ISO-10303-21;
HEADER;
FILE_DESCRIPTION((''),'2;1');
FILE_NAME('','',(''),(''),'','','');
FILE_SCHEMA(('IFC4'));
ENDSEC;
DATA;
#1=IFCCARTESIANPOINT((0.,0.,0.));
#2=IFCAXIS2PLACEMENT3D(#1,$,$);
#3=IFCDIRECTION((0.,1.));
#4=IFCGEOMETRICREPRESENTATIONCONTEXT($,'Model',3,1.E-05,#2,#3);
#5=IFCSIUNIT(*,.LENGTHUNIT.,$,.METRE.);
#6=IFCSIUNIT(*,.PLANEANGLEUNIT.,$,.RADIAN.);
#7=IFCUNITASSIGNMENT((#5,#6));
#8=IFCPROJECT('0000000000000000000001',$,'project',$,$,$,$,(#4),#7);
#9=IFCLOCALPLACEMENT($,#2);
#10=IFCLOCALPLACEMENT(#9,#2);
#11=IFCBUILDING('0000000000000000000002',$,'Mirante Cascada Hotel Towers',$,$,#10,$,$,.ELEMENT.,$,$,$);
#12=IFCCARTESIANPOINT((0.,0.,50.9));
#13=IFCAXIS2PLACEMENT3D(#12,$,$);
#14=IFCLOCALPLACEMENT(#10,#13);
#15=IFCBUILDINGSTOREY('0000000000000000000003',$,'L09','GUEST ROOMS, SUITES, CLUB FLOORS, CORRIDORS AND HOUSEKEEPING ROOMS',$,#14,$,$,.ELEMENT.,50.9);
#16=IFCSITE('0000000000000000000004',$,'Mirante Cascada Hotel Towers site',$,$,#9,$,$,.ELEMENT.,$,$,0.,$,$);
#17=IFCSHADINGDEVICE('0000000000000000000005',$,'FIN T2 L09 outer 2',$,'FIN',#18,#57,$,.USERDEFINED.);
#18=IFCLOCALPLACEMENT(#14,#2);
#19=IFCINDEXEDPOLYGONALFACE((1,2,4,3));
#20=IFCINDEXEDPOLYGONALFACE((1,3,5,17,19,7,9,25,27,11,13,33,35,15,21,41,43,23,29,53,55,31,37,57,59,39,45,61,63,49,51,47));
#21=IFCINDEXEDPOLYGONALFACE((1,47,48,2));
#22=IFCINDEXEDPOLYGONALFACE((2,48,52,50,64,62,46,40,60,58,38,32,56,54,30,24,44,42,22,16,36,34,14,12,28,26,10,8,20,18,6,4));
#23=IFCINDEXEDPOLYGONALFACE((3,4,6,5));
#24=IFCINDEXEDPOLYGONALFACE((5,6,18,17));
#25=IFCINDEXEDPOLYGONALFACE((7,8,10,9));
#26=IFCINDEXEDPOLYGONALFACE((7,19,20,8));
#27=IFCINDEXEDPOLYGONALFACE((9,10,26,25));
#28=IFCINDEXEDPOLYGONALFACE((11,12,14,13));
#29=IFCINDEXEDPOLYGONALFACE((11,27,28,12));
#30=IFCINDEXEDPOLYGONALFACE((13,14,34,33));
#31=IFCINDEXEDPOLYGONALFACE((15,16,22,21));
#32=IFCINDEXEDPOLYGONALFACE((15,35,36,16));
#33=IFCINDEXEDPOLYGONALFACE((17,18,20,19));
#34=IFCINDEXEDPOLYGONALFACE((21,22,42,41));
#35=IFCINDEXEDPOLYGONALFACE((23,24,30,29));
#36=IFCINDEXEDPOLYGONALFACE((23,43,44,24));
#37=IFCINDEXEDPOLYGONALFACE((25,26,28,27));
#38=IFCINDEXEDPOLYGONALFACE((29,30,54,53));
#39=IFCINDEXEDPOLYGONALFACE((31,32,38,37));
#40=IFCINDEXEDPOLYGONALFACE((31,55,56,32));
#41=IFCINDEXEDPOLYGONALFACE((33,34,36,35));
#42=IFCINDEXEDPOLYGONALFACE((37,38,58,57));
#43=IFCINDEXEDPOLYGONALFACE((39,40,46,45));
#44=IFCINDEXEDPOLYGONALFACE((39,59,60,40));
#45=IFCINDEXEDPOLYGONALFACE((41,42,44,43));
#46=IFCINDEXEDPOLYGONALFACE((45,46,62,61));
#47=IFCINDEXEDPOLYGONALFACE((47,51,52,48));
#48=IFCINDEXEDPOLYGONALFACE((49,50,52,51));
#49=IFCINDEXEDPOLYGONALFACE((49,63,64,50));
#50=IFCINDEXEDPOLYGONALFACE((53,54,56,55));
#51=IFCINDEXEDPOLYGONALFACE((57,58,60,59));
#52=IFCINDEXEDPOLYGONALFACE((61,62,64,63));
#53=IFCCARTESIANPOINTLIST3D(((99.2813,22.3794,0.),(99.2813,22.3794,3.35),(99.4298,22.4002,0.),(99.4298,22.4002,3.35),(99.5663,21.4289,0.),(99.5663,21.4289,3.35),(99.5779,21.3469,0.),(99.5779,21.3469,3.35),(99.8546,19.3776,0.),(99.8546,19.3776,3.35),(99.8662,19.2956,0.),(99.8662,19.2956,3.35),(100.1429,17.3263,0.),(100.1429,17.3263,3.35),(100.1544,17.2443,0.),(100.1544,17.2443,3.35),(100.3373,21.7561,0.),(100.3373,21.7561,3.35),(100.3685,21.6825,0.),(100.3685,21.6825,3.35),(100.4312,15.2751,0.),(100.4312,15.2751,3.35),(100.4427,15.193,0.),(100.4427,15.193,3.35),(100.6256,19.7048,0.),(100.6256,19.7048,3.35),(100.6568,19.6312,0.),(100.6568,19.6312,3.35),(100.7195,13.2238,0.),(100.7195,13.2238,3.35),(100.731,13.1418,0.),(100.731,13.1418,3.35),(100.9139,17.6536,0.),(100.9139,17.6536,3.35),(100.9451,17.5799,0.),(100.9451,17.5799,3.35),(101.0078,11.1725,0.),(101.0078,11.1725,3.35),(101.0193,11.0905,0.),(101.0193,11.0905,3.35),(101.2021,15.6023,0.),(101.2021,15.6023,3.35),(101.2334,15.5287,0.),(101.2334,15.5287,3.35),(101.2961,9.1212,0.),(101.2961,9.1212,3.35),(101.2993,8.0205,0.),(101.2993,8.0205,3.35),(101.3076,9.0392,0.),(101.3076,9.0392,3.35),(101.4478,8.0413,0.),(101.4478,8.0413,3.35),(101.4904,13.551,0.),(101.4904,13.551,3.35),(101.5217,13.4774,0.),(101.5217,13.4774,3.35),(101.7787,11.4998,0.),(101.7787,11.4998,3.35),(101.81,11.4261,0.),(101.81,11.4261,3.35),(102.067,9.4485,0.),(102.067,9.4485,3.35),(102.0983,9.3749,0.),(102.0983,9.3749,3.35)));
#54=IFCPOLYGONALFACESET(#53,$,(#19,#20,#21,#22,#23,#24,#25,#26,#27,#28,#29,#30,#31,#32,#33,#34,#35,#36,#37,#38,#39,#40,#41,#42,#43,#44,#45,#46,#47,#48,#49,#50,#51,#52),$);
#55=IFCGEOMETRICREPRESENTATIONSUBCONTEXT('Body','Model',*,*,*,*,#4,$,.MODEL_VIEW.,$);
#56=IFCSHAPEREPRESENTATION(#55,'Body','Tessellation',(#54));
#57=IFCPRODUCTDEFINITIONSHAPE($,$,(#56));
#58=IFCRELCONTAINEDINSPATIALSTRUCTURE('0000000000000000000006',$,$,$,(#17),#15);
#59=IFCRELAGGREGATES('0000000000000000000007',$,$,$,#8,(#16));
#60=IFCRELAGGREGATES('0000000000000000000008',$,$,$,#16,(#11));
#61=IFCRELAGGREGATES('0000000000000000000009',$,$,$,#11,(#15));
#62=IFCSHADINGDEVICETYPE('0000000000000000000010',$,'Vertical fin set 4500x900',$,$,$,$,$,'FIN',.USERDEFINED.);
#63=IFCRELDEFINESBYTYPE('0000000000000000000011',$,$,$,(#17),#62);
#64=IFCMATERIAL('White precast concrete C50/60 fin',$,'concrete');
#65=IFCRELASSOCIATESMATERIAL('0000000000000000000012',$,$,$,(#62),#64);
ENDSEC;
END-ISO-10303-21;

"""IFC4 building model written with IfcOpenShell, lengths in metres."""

from ifc_helpers import new_model, si_unit, direction, frame, origin, place, context, subcontext, project, spatial, polyline, outline, extrude, material, type_object, element, save


model = new_model("IFC4")

# Units and contexts
model_context = context("Model", 3, precision=1e-05, world=origin(), true_north=direction((0.0, 1.0)))
body_context = subcontext(model_context, "Body", "Model", "MODEL_VIEW")
ifc_project = project(units=[si_unit("LENGTHUNIT", "METRE"), si_unit("PLANEANGLEUNIT", "RADIAN")], contexts=[model_context])

# Site, building, storey
site_placement = place(None, origin())
site = spatial("IfcSite", under=ifc_project, at=site_placement, Name="Mirante Cascada Hotel Towers site", CompositionType="ELEMENT", RefElevation=0.0)
building_placement = place(site_placement, origin())
building = spatial("IfcBuilding", under=site, at=building_placement, Name="Mirante Cascada Hotel Towers", CompositionType="ELEMENT")
storey_placement = place(building_placement, frame((0.0, 0.0, 50.9)))
storey = spatial("IfcBuildingStorey", under=building, at=storey_placement, Name="L09", Description="GUEST ROOMS, SUITES, CLUB FLOORS, CORRIDORS AND HOUSEKEEPING ROOMS", CompositionType="ELEMENT", Elevation=50.9)

# Shading device
ifc_material_1 = material(Name="White precast concrete C50/60 fin", Category="concrete")
shading_device_type = type_object("IfcShadingDeviceType", Name="Vertical fin set 4500x900", ElementType="FIN", PredefinedType="USERDEFINED", material=ifc_material_1)
shading_device_placement = place(storey_placement, origin())
element("IfcShadingDevice", 1, at=shading_device_placement, inside=storey, type_object=shading_device_type, Name="FIN T2 L09 outer 2", ObjectType="FIN", PredefinedType="USERDEFINED", context=body_context, shape_type="SweptSolid", body=[
    extrude(outline(polyline([(102.0983, 9.3749), (101.3076, 9.0392), (101.4478, 8.0413), (101.2993, 8.0205), (99.2813, 22.3794), (99.4298, 22.4002), (99.5663, 21.4289), (100.3373, 21.7561), (100.3685, 21.6825), (99.5779, 21.3469), (99.8546, 19.3776), (100.6256, 19.7048), (100.6568, 19.6312), (99.8662, 19.2956), (100.1429, 17.3263), (100.9139, 17.6536), (100.9451, 17.5799), (100.1544, 17.2443), (100.4312, 15.2751), (101.2021, 15.6023), (101.2334, 15.5287), (100.4427, 15.193), (100.7195, 13.2238), (101.4904, 13.551), (101.5217, 13.4774), (100.731, 13.1418), (101.0078, 11.1725), (101.7787, 11.4998), (101.81, 11.4261), (101.0193, 11.0905), (101.2961, 9.1212), (102.067, 9.4485), (102.0983, 9.3749)])), origin(), (0.0, 0.0, 1.0), 3.35),
])

save(model, "model.ifc")
